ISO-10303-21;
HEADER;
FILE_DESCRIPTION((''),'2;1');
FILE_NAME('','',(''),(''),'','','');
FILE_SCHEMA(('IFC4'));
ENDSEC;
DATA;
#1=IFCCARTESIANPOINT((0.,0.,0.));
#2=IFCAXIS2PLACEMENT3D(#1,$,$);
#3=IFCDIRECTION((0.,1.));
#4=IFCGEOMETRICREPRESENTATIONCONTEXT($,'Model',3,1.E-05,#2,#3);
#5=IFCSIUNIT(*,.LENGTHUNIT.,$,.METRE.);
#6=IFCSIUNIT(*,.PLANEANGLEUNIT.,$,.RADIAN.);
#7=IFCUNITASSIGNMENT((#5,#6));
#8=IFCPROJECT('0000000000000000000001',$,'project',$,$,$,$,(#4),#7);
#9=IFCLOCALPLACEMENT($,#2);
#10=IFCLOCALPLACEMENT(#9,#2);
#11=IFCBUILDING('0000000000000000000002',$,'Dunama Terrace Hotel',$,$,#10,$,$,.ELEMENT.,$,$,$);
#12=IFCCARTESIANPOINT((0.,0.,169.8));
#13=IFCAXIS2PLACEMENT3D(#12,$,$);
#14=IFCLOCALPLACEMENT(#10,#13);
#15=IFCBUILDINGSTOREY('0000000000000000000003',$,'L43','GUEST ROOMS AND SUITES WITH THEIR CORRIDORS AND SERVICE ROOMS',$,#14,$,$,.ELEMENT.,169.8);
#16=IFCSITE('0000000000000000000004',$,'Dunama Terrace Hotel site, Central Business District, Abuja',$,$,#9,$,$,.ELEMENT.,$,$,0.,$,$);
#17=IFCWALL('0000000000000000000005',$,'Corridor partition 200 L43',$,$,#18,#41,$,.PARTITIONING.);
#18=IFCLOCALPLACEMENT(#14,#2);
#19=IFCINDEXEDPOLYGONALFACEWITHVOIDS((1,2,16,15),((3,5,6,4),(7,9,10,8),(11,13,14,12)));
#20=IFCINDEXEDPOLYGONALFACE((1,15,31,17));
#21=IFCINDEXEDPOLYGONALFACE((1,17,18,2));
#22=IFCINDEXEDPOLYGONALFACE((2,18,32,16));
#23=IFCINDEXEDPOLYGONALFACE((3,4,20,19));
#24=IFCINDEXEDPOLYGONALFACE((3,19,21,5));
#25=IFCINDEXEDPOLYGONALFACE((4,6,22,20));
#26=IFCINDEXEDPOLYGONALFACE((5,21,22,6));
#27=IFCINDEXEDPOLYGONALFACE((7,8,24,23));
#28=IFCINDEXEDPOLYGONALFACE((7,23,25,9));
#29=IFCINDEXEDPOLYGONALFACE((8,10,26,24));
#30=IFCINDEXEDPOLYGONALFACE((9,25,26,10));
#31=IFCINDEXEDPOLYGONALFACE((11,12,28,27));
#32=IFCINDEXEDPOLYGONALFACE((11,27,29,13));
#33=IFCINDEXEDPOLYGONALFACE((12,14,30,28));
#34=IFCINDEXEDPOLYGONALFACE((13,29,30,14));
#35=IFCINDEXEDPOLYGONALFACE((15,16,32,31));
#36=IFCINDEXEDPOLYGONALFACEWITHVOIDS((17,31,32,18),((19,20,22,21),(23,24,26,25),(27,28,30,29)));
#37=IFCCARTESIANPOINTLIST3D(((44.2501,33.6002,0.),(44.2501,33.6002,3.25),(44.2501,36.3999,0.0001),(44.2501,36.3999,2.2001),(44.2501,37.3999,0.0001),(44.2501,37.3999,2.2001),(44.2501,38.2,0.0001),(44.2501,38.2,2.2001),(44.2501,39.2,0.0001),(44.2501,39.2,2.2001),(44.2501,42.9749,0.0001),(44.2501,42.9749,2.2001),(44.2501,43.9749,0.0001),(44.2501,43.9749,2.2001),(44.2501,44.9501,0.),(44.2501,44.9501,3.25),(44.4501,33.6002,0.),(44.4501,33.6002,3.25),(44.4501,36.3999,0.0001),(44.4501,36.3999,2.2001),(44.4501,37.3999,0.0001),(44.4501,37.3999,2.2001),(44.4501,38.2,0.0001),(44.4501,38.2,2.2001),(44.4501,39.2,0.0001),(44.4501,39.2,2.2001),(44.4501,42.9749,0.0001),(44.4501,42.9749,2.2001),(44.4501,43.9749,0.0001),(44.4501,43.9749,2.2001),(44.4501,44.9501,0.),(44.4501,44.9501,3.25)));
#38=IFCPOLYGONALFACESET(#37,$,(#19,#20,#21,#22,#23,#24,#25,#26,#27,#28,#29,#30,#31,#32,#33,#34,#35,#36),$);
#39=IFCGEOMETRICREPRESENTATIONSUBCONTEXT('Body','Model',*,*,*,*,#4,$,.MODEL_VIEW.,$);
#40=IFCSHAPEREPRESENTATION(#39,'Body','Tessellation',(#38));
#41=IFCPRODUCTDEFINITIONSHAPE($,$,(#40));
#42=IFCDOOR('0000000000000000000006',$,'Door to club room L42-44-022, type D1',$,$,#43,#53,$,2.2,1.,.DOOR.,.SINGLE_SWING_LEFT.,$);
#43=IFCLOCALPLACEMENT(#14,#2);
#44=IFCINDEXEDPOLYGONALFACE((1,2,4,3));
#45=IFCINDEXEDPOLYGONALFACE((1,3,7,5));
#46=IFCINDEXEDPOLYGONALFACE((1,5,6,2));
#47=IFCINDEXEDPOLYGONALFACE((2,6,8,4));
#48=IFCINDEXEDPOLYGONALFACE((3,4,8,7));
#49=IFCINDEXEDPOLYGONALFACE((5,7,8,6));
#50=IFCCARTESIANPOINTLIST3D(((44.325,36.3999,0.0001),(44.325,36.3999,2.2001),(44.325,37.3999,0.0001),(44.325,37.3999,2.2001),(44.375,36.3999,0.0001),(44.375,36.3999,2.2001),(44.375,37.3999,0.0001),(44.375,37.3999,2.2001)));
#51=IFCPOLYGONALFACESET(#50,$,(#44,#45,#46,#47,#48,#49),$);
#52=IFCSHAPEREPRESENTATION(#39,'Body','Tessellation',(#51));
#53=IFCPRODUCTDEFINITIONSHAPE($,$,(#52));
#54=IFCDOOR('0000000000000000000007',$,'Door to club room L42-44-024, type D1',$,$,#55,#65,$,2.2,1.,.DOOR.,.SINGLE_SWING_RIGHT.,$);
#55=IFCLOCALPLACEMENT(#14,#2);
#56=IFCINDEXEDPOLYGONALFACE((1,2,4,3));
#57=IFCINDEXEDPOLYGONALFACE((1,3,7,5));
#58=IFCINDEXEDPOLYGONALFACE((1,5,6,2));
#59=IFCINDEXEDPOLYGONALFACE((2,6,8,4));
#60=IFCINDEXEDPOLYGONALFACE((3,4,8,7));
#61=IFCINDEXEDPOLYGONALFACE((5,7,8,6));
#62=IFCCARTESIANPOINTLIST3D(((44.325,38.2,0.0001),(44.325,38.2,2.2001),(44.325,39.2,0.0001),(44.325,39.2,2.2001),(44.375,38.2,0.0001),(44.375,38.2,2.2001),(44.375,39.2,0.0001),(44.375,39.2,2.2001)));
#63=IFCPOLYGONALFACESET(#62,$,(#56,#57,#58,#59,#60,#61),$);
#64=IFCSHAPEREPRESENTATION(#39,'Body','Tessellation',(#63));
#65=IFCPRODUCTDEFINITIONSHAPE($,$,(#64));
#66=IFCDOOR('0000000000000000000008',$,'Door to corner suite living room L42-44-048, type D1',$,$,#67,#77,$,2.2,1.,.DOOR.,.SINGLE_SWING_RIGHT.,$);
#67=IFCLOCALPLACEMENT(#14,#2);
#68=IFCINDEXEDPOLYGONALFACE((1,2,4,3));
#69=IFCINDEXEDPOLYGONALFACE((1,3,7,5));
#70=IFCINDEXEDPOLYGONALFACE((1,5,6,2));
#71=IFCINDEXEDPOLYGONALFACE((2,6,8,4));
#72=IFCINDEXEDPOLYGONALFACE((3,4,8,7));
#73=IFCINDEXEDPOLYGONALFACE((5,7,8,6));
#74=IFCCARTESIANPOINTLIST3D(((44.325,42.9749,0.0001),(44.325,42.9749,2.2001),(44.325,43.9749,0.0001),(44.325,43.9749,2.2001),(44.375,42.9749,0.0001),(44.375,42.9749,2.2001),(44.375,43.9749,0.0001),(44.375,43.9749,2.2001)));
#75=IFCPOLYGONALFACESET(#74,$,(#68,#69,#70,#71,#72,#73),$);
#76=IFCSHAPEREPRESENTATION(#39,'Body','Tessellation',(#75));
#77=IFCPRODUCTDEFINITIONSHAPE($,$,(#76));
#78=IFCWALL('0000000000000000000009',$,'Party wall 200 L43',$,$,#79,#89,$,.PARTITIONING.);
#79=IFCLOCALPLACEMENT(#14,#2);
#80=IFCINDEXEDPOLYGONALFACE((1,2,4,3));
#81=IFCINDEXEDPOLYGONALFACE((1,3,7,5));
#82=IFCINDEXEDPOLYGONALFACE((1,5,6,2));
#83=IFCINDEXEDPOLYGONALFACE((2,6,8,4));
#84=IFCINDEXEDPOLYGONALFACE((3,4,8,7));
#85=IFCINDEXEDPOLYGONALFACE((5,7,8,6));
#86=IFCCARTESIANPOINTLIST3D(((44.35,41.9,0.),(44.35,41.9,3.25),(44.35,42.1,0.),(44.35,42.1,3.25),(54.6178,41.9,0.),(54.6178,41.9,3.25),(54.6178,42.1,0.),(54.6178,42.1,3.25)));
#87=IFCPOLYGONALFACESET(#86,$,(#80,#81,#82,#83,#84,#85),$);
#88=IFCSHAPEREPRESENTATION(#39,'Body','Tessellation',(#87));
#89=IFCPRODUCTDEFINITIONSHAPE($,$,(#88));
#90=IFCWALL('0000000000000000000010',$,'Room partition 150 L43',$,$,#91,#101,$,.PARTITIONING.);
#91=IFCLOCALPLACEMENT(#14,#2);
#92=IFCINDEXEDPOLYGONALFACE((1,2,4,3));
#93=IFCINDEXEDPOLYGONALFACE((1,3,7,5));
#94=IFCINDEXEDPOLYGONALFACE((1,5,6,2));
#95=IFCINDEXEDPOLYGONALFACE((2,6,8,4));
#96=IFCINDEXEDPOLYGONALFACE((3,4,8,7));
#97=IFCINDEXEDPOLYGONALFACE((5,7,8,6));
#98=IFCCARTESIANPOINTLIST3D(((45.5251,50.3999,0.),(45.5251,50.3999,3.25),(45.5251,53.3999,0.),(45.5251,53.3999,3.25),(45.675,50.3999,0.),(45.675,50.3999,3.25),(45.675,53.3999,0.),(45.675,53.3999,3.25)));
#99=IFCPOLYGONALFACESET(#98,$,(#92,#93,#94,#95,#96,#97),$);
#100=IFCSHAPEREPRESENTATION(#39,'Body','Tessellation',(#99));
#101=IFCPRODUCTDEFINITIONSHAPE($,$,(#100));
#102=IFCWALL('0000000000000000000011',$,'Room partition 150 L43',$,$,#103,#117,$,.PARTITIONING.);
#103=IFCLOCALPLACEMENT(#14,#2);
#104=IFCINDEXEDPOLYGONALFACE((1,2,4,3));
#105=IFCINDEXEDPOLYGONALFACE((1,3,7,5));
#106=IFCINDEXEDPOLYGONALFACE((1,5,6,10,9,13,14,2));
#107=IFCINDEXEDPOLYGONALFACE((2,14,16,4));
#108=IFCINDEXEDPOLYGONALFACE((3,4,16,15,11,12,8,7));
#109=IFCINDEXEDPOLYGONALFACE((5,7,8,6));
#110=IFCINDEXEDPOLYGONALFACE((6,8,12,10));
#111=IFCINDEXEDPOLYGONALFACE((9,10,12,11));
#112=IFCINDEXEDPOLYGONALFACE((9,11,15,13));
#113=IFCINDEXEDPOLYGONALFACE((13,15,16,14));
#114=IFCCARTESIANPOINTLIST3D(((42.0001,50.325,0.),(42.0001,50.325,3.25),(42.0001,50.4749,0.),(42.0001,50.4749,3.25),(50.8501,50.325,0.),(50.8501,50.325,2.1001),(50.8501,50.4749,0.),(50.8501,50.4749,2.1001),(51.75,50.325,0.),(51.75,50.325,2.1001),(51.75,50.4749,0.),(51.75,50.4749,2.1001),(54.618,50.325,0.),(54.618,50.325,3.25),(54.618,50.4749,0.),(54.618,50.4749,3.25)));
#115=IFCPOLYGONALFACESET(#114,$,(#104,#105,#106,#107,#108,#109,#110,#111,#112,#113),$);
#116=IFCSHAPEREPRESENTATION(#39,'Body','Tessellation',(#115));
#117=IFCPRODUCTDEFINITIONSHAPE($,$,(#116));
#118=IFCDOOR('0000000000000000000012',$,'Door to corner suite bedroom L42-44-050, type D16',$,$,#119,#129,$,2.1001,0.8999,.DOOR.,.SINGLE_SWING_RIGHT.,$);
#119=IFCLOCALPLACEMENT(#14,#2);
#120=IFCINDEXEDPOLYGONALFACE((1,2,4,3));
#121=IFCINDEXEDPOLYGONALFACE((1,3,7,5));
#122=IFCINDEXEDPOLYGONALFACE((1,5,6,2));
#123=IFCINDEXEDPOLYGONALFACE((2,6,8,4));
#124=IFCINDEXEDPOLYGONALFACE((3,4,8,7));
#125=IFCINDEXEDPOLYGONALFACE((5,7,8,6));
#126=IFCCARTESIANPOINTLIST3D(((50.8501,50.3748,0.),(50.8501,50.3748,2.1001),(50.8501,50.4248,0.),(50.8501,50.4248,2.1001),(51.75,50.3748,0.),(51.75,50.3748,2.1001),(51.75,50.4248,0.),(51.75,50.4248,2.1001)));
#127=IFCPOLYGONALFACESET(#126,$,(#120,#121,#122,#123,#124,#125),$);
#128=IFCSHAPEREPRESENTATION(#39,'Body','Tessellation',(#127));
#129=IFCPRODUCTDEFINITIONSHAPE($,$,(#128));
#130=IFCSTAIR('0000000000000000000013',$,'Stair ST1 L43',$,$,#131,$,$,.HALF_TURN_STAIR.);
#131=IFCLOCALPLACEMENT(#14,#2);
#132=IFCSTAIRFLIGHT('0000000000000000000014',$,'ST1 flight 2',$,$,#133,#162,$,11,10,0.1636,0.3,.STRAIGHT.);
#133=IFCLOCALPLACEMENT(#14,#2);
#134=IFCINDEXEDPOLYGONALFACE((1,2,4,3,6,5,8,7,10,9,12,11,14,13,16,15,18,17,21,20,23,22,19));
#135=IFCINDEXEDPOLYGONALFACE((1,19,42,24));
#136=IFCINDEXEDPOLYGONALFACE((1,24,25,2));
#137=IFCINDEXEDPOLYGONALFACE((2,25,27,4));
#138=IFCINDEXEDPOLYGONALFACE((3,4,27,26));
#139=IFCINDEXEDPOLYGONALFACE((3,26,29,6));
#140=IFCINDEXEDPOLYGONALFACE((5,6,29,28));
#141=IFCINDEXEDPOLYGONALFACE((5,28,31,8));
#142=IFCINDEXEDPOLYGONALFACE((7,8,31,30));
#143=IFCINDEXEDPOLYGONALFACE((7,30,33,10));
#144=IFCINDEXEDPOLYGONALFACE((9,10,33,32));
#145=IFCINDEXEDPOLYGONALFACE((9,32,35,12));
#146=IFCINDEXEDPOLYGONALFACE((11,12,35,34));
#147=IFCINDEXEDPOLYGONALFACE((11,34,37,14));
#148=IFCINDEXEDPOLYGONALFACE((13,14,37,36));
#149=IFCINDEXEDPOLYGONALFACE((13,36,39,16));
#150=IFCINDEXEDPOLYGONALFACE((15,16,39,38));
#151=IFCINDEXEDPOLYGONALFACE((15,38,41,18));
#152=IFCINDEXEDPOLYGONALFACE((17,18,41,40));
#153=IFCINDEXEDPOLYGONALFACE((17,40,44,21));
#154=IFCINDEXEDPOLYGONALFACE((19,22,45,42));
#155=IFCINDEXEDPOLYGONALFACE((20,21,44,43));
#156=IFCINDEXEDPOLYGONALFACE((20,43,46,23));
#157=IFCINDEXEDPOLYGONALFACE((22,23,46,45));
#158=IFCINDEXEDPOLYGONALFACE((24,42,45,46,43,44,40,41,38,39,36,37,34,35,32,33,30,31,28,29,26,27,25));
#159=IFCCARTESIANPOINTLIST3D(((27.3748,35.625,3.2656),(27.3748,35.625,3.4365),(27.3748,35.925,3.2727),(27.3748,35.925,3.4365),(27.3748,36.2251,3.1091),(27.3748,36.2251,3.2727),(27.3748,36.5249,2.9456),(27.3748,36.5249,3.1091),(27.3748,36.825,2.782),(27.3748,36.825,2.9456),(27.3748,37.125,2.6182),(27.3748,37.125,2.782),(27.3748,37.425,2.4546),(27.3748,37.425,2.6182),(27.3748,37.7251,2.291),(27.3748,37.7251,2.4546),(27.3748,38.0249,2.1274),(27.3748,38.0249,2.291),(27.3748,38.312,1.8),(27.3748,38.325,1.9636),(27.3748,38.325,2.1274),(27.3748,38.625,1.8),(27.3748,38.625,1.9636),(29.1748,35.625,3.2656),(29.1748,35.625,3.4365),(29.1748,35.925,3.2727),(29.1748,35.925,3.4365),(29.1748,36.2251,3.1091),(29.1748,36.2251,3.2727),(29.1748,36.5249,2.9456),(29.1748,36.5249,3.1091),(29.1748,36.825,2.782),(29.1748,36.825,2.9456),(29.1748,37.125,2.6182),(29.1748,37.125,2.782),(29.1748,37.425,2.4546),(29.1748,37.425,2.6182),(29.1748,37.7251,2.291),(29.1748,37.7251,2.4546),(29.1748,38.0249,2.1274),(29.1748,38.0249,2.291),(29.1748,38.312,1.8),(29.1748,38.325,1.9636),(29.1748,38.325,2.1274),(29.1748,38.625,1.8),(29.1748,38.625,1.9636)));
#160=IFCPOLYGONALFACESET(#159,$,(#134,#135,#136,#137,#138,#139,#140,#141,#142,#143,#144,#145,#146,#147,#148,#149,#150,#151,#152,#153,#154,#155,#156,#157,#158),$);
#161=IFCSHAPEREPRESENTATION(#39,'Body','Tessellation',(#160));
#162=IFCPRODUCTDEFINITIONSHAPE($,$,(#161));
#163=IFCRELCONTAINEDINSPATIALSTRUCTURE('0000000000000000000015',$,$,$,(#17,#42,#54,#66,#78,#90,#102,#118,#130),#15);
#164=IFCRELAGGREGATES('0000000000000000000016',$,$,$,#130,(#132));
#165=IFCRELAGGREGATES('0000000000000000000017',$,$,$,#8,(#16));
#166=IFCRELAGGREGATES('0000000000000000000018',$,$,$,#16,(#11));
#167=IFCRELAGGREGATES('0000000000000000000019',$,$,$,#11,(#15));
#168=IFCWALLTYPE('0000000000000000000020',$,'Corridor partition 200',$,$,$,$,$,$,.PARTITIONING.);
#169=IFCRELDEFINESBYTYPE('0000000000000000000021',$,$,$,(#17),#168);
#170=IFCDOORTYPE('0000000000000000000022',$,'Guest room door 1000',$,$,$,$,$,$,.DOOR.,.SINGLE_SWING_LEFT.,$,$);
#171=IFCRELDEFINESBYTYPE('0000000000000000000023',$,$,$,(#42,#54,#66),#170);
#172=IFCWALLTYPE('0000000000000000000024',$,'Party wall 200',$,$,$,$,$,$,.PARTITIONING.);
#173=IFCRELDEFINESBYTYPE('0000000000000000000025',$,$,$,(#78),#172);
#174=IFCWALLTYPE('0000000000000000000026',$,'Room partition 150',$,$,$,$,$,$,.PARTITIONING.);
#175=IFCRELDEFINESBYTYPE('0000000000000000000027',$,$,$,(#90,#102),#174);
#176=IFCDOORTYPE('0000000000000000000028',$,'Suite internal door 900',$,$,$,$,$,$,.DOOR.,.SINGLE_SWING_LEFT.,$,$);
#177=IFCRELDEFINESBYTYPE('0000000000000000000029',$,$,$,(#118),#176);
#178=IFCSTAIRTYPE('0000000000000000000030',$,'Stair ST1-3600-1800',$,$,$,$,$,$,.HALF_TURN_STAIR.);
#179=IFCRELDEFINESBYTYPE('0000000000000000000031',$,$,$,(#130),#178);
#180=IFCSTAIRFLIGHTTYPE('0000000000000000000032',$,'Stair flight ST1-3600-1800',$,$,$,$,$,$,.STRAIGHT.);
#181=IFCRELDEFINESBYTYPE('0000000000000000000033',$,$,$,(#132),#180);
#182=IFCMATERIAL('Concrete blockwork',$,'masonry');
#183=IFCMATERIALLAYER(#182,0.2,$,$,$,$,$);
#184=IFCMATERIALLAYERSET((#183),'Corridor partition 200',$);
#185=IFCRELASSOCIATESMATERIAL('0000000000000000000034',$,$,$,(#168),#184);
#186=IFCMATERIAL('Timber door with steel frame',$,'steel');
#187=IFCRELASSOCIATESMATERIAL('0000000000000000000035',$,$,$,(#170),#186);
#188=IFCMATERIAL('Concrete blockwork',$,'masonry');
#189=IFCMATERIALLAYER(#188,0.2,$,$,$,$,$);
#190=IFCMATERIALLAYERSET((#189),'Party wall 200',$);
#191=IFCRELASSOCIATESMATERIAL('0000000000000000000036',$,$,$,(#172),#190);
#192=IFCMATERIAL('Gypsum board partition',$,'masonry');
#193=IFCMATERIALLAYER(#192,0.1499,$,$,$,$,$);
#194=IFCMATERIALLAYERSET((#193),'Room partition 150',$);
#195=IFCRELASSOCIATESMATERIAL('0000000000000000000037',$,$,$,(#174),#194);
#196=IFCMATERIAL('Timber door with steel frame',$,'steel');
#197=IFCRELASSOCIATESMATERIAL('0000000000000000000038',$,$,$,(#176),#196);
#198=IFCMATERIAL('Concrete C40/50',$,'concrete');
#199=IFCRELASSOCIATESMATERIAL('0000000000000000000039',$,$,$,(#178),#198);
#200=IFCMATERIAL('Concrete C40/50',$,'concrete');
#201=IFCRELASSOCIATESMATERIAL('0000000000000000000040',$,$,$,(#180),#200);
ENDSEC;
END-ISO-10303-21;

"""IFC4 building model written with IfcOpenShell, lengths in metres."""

from ifc_helpers import new_model, si_unit, direction, frame, frame_2d, origin, place, context, subcontext, project, spatial, polyline, rectangle, outline, extrude, material, layer, layer_set, type_object, element, fill, aggregate, save


model = new_model("IFC4")

# Units and contexts
model_context = context("Model", 3, precision=1e-05, world=origin(), true_north=direction((0.0, 1.0)))
body_context = subcontext(model_context, "Body", "Model", "MODEL_VIEW")
ifc_project = project(units=[si_unit("LENGTHUNIT", "METRE"), si_unit("PLANEANGLEUNIT", "RADIAN")], contexts=[model_context])

# Site, building, storey
site_placement = place(None, origin())
site = spatial("IfcSite", under=ifc_project, at=site_placement, Name="Dunama Terrace Hotel site, Central Business District, Abuja", CompositionType="ELEMENT", RefElevation=0.0)
building_placement = place(site_placement, origin())
building = spatial("IfcBuilding", under=site, at=building_placement, Name="Dunama Terrace Hotel", CompositionType="ELEMENT")
storey_placement = place(building_placement, frame((0.0, 0.0, 169.8)))
storey = spatial("IfcBuildingStorey", under=building, at=storey_placement, Name="L43", Description="GUEST ROOMS AND SUITES WITH THEIR CORRIDORS AND SERVICE ROOMS", CompositionType="ELEMENT", Elevation=169.8)

# Shared definitions
ifc_material_1 = material(Name="Concrete blockwork", Category="masonry")
ifc_layer_1 = layer(ifc_material_1, 0.2)
ifc_layer_set_1 = layer_set([ifc_layer_1], Name="Corridor partition 200")
wall_type_1 = type_object("IfcWallType", Name="Corridor partition 200", PredefinedType="PARTITIONING", material=ifc_layer_set_1)

# Wall, openings, doors
wall_1_placement = place(storey_placement, frame((44.3501, 44.95, 0.0), z_axis=(0.0, 0.0, 1.0), x_axis=(0.0, -1.0, 0.0)))
wall_1 = element("IfcWall", 1, at=wall_1_placement, inside=storey, type_object=wall_type_1, Name="Corridor partition 200 L43", PredefinedType="PARTITIONING", context=body_context, shape_type="SweptSolid", body=[
    extrude(rectangle(XDim=11.3499, YDim=0.2, at=frame_2d((5.6748, 0.0))), origin(), (0.0, 0.0, 1.0), 3.25),
])
opening_1_placement = place(wall_1_placement, frame((7.55, 0.0, 0.0)))
opening_1 = element("IfcOpeningElement", 2, at=opening_1_placement, cuts=wall_1, PredefinedType="OPENING", context=body_context, shape_type="SweptSolid", body=[
    extrude(rectangle(XDim=1.0, YDim=2.2, at=frame_2d((0.5, 1.1001))), frame((0.0, 0.1099, 0.0), z_axis=(0.0, -1.0, 0.0), x_axis=(1.0, 0.0, 0.0)), (0.0, 0.0, 1.0), 0.22),
])
opening_2_placement = place(wall_1_placement, frame((5.75, 0.0, 0.0)))
opening_2 = element("IfcOpeningElement", 3, at=opening_2_placement, cuts=wall_1, PredefinedType="OPENING", context=body_context, shape_type="SweptSolid", body=[
    extrude(rectangle(XDim=1.0, YDim=2.2, at=frame_2d((0.5, 1.1001))), frame((0.0, 0.1099, 0.0), z_axis=(0.0, -1.0, 0.0), x_axis=(1.0, 0.0, 0.0)), (0.0, 0.0, 1.0), 0.22),
])
opening_3_placement = place(wall_1_placement, frame((0.9751, 0.0, 0.0)))
opening_3 = element("IfcOpeningElement", 4, at=opening_3_placement, cuts=wall_1, PredefinedType="OPENING", context=body_context, shape_type="SweptSolid", body=[
    extrude(rectangle(XDim=1.0, YDim=2.2, at=frame_2d((0.5, 1.1001))), frame((0.0, 0.1099, 0.0), z_axis=(0.0, -1.0, 0.0), x_axis=(1.0, 0.0, 0.0)), (0.0, 0.0, 1.0), 0.22),
])
ifc_material_2 = material(Name="Timber door with steel frame", Category="steel")
door_type_1 = type_object("IfcDoorType", Name="Guest room door 1000", OperationType="SINGLE_SWING_LEFT", PredefinedType="DOOR", material=ifc_material_2)
door_1_placement = place(opening_1_placement, origin())
door_1 = element("IfcDoor", 5, at=door_1_placement, inside=storey, type_object=door_type_1, Name="Door to club room L42-44-022, type D1", OperationType="SINGLE_SWING_LEFT", OverallHeight=2.2, OverallWidth=1.0, PredefinedType="DOOR", context=body_context, shape_type="SweptSolid", body=[
    extrude(rectangle(XDim=1.0, YDim=2.2, at=frame_2d((0.5, 1.1001))), frame((0.0, 0.0249, 0.0), z_axis=(0.0, -1.0, 0.0), x_axis=(1.0, 0.0, 0.0)), (0.0, 0.0, 1.0), 0.05),
])
fill(opening_1, door_1)
door_2_placement = place(opening_2_placement, origin())
door_2 = element("IfcDoor", 6, at=door_2_placement, inside=storey, type_object=door_type_1, Name="Door to club room L42-44-024, type D1", OperationType="SINGLE_SWING_RIGHT", OverallHeight=2.2, OverallWidth=1.0, PredefinedType="DOOR", context=body_context, shape_type="SweptSolid", body=[
    extrude(rectangle(XDim=1.0, YDim=2.2, at=frame_2d((0.5, 1.1001))), frame((0.0, 0.0249, 0.0), z_axis=(0.0, -1.0, 0.0), x_axis=(1.0, 0.0, 0.0)), (0.0, 0.0, 1.0), 0.05),
])
fill(opening_2, door_2)
door_3_placement = place(opening_3_placement, origin())
door_3 = element("IfcDoor", 7, at=door_3_placement, inside=storey, type_object=door_type_1, Name="Door to corner suite living room L42-44-048, type D1", OperationType="SINGLE_SWING_RIGHT", OverallHeight=2.2, OverallWidth=1.0, PredefinedType="DOOR", context=body_context, shape_type="SweptSolid", body=[
    extrude(rectangle(XDim=1.0, YDim=2.2, at=frame_2d((0.5, 1.1001))), frame((0.0, 0.0249, 0.0), z_axis=(0.0, -1.0, 0.0), x_axis=(1.0, 0.0, 0.0)), (0.0, 0.0, 1.0), 0.05),
])
fill(opening_3, door_3)

# Walls
ifc_material_3 = material(Name="Concrete blockwork", Category="masonry")
ifc_layer_2 = layer(ifc_material_3, 0.2)
ifc_layer_set_2 = layer_set([ifc_layer_2], Name="Party wall 200")
wall_type_2 = type_object("IfcWallType", Name="Party wall 200", PredefinedType="PARTITIONING", material=ifc_layer_set_2)
wall_2_placement = place(storey_placement, frame((44.3501, 42.0, 0.0), z_axis=(0.0, 0.0, 1.0), x_axis=(1.0, 0.0, 0.0)))
element("IfcWall", 8, at=wall_2_placement, inside=storey, type_object=wall_type_2, Name="Party wall 200 L43", PredefinedType="PARTITIONING", context=body_context, shape_type="SweptSolid", body=[
    extrude(rectangle(XDim=10.2678, YDim=0.2, at=frame_2d((5.1338, 0.0))), origin(), (0.0, 0.0, 1.0), 3.25),
])
ifc_material_4 = material(Name="Gypsum board partition", Category="masonry")
ifc_layer_3 = layer(ifc_material_4, 0.1499)
ifc_layer_set_3 = layer_set([ifc_layer_3], Name="Room partition 150")
wall_type_3 = type_object("IfcWallType", Name="Room partition 150", PredefinedType="PARTITIONING", material=ifc_layer_set_3)
wall_3_placement = place(storey_placement, frame((45.6001, 50.3999, 0.0), z_axis=(0.0, 0.0, 1.0), x_axis=(0.0, 1.0, 0.0)))
element("IfcWall", 9, at=wall_3_placement, inside=storey, type_object=wall_type_3, Name="Room partition 150 L43", PredefinedType="PARTITIONING", context=body_context, shape_type="SweptSolid", body=[
    extrude(rectangle(XDim=3.0, YDim=0.1499, at=frame_2d((1.5, 0.0))), origin(), (0.0, 0.0, 1.0), 3.25),
])

# Wall, opening, door
wall_4_placement = place(storey_placement, frame((42.0, 50.3999, 0.0), z_axis=(0.0, 0.0, 1.0), x_axis=(1.0, 0.0, 0.0)))
wall_4 = element("IfcWall", 10, at=wall_4_placement, inside=storey, type_object=wall_type_3, Name="Room partition 150 L43", PredefinedType="PARTITIONING", context=body_context, shape_type="SweptSolid", body=[
    extrude(rectangle(XDim=12.6179, YDim=0.1499, at=frame_2d((6.3091, 0.0))), origin(), (0.0, 0.0, 1.0), 3.25),
])
opening_4_placement = place(wall_4_placement, frame((8.8501, 0.0, 0.0)))
opening_4 = element("IfcOpeningElement", 11, at=opening_4_placement, cuts=wall_4, PredefinedType="OPENING", context=body_context, shape_type="SweptSolid", body=[
    extrude(rectangle(XDim=0.8999, YDim=2.1001, at=frame_2d((0.45, 1.05))), frame((0.0, 0.085, 0.0), z_axis=(0.0, -1.0, 0.0), x_axis=(1.0, 0.0, 0.0)), (0.0, 0.0, 1.0), 0.1699),
])
ifc_material_5 = material(Name="Timber door with steel frame", Category="steel")
door_type_2 = type_object("IfcDoorType", Name="Suite internal door 900", OperationType="SINGLE_SWING_LEFT", PredefinedType="DOOR", material=ifc_material_5)
door_4_placement = place(opening_4_placement, origin())
door_4 = element("IfcDoor", 12, at=door_4_placement, inside=storey, type_object=door_type_2, Name="Door to corner suite bedroom L42-44-050, type D16", OperationType="SINGLE_SWING_RIGHT", OverallHeight=2.1001, OverallWidth=0.8999, PredefinedType="DOOR", context=body_context, shape_type="SweptSolid", body=[
    extrude(rectangle(XDim=0.8999, YDim=2.1001, at=frame_2d((0.45, 1.05))), frame((0.0, 0.0249, 0.0), z_axis=(0.0, -1.0, 0.0), x_axis=(1.0, 0.0, 0.0)), (0.0, 0.0, 1.0), 0.05),
])
fill(opening_4, door_4)

# Stair, stair flight
ifc_material_6 = material(Name="Concrete C40/50", Category="concrete")
stair_type = type_object("IfcStairType", Name="Stair ST1-3600-1800", PredefinedType="HALF_TURN_STAIR", material=ifc_material_6)
stair_placement = place(storey_placement, origin())
stair = element("IfcStair", 13, at=stair_placement, inside=storey, type_object=stair_type, Name="Stair ST1 L43", PredefinedType="HALF_TURN_STAIR")
ifc_material_7 = material(Name="Concrete C40/50", Category="concrete")
stair_flight_type = type_object("IfcStairFlightType", Name="Stair flight ST1-3600-1800", PredefinedType="STRAIGHT", material=ifc_material_7)
stair_flight_placement = place(storey_placement, frame((28.2749, 38.625, 1.8), z_axis=(0.0, 0.0, 1.0), x_axis=(0.0, -1.0, 0.0)))
stair_flight = element("IfcStairFlight", 14, at=stair_flight_placement, type_object=stair_flight_type, Name="ST1 flight 2", NumberOfRisers=11, NumberOfTreads=10, PredefinedType="STRAIGHT", RiserHeight=0.1636, TreadLength=0.3, context=body_context, shape_type="SweptSolid", body=[
    extrude(outline(polyline([(0.0, 0.0), (0.0, 0.1636), (0.3, 0.1636), (0.3, 0.3274), (0.6001, 0.3274), (0.6001, 0.491), (0.8999, 0.491), (0.8999, 0.6545), (1.2, 0.6545), (1.2, 0.8181), (1.5, 0.8181), (1.5, 0.9819), (1.8, 0.9819), (1.8, 1.1455), (2.1001, 1.1455), (2.1001, 1.3091), (2.3999, 1.3091), (2.3999, 1.4727), (2.7, 1.4727), (2.7, 1.6365), (3.0, 1.6365), (3.0, 1.8), (3.0, 1.4656), (0.313, 0.0), (0.0, 0.0)])), frame((0.0, 0.8999, 0.0), z_axis=(0.0, -1.0, 0.0), x_axis=(1.0, 0.0, 0.0)), (0.0, 0.0, 1.0), 1.8),
])
aggregate(stair, [stair_flight])

save(model, "model.ifc")
